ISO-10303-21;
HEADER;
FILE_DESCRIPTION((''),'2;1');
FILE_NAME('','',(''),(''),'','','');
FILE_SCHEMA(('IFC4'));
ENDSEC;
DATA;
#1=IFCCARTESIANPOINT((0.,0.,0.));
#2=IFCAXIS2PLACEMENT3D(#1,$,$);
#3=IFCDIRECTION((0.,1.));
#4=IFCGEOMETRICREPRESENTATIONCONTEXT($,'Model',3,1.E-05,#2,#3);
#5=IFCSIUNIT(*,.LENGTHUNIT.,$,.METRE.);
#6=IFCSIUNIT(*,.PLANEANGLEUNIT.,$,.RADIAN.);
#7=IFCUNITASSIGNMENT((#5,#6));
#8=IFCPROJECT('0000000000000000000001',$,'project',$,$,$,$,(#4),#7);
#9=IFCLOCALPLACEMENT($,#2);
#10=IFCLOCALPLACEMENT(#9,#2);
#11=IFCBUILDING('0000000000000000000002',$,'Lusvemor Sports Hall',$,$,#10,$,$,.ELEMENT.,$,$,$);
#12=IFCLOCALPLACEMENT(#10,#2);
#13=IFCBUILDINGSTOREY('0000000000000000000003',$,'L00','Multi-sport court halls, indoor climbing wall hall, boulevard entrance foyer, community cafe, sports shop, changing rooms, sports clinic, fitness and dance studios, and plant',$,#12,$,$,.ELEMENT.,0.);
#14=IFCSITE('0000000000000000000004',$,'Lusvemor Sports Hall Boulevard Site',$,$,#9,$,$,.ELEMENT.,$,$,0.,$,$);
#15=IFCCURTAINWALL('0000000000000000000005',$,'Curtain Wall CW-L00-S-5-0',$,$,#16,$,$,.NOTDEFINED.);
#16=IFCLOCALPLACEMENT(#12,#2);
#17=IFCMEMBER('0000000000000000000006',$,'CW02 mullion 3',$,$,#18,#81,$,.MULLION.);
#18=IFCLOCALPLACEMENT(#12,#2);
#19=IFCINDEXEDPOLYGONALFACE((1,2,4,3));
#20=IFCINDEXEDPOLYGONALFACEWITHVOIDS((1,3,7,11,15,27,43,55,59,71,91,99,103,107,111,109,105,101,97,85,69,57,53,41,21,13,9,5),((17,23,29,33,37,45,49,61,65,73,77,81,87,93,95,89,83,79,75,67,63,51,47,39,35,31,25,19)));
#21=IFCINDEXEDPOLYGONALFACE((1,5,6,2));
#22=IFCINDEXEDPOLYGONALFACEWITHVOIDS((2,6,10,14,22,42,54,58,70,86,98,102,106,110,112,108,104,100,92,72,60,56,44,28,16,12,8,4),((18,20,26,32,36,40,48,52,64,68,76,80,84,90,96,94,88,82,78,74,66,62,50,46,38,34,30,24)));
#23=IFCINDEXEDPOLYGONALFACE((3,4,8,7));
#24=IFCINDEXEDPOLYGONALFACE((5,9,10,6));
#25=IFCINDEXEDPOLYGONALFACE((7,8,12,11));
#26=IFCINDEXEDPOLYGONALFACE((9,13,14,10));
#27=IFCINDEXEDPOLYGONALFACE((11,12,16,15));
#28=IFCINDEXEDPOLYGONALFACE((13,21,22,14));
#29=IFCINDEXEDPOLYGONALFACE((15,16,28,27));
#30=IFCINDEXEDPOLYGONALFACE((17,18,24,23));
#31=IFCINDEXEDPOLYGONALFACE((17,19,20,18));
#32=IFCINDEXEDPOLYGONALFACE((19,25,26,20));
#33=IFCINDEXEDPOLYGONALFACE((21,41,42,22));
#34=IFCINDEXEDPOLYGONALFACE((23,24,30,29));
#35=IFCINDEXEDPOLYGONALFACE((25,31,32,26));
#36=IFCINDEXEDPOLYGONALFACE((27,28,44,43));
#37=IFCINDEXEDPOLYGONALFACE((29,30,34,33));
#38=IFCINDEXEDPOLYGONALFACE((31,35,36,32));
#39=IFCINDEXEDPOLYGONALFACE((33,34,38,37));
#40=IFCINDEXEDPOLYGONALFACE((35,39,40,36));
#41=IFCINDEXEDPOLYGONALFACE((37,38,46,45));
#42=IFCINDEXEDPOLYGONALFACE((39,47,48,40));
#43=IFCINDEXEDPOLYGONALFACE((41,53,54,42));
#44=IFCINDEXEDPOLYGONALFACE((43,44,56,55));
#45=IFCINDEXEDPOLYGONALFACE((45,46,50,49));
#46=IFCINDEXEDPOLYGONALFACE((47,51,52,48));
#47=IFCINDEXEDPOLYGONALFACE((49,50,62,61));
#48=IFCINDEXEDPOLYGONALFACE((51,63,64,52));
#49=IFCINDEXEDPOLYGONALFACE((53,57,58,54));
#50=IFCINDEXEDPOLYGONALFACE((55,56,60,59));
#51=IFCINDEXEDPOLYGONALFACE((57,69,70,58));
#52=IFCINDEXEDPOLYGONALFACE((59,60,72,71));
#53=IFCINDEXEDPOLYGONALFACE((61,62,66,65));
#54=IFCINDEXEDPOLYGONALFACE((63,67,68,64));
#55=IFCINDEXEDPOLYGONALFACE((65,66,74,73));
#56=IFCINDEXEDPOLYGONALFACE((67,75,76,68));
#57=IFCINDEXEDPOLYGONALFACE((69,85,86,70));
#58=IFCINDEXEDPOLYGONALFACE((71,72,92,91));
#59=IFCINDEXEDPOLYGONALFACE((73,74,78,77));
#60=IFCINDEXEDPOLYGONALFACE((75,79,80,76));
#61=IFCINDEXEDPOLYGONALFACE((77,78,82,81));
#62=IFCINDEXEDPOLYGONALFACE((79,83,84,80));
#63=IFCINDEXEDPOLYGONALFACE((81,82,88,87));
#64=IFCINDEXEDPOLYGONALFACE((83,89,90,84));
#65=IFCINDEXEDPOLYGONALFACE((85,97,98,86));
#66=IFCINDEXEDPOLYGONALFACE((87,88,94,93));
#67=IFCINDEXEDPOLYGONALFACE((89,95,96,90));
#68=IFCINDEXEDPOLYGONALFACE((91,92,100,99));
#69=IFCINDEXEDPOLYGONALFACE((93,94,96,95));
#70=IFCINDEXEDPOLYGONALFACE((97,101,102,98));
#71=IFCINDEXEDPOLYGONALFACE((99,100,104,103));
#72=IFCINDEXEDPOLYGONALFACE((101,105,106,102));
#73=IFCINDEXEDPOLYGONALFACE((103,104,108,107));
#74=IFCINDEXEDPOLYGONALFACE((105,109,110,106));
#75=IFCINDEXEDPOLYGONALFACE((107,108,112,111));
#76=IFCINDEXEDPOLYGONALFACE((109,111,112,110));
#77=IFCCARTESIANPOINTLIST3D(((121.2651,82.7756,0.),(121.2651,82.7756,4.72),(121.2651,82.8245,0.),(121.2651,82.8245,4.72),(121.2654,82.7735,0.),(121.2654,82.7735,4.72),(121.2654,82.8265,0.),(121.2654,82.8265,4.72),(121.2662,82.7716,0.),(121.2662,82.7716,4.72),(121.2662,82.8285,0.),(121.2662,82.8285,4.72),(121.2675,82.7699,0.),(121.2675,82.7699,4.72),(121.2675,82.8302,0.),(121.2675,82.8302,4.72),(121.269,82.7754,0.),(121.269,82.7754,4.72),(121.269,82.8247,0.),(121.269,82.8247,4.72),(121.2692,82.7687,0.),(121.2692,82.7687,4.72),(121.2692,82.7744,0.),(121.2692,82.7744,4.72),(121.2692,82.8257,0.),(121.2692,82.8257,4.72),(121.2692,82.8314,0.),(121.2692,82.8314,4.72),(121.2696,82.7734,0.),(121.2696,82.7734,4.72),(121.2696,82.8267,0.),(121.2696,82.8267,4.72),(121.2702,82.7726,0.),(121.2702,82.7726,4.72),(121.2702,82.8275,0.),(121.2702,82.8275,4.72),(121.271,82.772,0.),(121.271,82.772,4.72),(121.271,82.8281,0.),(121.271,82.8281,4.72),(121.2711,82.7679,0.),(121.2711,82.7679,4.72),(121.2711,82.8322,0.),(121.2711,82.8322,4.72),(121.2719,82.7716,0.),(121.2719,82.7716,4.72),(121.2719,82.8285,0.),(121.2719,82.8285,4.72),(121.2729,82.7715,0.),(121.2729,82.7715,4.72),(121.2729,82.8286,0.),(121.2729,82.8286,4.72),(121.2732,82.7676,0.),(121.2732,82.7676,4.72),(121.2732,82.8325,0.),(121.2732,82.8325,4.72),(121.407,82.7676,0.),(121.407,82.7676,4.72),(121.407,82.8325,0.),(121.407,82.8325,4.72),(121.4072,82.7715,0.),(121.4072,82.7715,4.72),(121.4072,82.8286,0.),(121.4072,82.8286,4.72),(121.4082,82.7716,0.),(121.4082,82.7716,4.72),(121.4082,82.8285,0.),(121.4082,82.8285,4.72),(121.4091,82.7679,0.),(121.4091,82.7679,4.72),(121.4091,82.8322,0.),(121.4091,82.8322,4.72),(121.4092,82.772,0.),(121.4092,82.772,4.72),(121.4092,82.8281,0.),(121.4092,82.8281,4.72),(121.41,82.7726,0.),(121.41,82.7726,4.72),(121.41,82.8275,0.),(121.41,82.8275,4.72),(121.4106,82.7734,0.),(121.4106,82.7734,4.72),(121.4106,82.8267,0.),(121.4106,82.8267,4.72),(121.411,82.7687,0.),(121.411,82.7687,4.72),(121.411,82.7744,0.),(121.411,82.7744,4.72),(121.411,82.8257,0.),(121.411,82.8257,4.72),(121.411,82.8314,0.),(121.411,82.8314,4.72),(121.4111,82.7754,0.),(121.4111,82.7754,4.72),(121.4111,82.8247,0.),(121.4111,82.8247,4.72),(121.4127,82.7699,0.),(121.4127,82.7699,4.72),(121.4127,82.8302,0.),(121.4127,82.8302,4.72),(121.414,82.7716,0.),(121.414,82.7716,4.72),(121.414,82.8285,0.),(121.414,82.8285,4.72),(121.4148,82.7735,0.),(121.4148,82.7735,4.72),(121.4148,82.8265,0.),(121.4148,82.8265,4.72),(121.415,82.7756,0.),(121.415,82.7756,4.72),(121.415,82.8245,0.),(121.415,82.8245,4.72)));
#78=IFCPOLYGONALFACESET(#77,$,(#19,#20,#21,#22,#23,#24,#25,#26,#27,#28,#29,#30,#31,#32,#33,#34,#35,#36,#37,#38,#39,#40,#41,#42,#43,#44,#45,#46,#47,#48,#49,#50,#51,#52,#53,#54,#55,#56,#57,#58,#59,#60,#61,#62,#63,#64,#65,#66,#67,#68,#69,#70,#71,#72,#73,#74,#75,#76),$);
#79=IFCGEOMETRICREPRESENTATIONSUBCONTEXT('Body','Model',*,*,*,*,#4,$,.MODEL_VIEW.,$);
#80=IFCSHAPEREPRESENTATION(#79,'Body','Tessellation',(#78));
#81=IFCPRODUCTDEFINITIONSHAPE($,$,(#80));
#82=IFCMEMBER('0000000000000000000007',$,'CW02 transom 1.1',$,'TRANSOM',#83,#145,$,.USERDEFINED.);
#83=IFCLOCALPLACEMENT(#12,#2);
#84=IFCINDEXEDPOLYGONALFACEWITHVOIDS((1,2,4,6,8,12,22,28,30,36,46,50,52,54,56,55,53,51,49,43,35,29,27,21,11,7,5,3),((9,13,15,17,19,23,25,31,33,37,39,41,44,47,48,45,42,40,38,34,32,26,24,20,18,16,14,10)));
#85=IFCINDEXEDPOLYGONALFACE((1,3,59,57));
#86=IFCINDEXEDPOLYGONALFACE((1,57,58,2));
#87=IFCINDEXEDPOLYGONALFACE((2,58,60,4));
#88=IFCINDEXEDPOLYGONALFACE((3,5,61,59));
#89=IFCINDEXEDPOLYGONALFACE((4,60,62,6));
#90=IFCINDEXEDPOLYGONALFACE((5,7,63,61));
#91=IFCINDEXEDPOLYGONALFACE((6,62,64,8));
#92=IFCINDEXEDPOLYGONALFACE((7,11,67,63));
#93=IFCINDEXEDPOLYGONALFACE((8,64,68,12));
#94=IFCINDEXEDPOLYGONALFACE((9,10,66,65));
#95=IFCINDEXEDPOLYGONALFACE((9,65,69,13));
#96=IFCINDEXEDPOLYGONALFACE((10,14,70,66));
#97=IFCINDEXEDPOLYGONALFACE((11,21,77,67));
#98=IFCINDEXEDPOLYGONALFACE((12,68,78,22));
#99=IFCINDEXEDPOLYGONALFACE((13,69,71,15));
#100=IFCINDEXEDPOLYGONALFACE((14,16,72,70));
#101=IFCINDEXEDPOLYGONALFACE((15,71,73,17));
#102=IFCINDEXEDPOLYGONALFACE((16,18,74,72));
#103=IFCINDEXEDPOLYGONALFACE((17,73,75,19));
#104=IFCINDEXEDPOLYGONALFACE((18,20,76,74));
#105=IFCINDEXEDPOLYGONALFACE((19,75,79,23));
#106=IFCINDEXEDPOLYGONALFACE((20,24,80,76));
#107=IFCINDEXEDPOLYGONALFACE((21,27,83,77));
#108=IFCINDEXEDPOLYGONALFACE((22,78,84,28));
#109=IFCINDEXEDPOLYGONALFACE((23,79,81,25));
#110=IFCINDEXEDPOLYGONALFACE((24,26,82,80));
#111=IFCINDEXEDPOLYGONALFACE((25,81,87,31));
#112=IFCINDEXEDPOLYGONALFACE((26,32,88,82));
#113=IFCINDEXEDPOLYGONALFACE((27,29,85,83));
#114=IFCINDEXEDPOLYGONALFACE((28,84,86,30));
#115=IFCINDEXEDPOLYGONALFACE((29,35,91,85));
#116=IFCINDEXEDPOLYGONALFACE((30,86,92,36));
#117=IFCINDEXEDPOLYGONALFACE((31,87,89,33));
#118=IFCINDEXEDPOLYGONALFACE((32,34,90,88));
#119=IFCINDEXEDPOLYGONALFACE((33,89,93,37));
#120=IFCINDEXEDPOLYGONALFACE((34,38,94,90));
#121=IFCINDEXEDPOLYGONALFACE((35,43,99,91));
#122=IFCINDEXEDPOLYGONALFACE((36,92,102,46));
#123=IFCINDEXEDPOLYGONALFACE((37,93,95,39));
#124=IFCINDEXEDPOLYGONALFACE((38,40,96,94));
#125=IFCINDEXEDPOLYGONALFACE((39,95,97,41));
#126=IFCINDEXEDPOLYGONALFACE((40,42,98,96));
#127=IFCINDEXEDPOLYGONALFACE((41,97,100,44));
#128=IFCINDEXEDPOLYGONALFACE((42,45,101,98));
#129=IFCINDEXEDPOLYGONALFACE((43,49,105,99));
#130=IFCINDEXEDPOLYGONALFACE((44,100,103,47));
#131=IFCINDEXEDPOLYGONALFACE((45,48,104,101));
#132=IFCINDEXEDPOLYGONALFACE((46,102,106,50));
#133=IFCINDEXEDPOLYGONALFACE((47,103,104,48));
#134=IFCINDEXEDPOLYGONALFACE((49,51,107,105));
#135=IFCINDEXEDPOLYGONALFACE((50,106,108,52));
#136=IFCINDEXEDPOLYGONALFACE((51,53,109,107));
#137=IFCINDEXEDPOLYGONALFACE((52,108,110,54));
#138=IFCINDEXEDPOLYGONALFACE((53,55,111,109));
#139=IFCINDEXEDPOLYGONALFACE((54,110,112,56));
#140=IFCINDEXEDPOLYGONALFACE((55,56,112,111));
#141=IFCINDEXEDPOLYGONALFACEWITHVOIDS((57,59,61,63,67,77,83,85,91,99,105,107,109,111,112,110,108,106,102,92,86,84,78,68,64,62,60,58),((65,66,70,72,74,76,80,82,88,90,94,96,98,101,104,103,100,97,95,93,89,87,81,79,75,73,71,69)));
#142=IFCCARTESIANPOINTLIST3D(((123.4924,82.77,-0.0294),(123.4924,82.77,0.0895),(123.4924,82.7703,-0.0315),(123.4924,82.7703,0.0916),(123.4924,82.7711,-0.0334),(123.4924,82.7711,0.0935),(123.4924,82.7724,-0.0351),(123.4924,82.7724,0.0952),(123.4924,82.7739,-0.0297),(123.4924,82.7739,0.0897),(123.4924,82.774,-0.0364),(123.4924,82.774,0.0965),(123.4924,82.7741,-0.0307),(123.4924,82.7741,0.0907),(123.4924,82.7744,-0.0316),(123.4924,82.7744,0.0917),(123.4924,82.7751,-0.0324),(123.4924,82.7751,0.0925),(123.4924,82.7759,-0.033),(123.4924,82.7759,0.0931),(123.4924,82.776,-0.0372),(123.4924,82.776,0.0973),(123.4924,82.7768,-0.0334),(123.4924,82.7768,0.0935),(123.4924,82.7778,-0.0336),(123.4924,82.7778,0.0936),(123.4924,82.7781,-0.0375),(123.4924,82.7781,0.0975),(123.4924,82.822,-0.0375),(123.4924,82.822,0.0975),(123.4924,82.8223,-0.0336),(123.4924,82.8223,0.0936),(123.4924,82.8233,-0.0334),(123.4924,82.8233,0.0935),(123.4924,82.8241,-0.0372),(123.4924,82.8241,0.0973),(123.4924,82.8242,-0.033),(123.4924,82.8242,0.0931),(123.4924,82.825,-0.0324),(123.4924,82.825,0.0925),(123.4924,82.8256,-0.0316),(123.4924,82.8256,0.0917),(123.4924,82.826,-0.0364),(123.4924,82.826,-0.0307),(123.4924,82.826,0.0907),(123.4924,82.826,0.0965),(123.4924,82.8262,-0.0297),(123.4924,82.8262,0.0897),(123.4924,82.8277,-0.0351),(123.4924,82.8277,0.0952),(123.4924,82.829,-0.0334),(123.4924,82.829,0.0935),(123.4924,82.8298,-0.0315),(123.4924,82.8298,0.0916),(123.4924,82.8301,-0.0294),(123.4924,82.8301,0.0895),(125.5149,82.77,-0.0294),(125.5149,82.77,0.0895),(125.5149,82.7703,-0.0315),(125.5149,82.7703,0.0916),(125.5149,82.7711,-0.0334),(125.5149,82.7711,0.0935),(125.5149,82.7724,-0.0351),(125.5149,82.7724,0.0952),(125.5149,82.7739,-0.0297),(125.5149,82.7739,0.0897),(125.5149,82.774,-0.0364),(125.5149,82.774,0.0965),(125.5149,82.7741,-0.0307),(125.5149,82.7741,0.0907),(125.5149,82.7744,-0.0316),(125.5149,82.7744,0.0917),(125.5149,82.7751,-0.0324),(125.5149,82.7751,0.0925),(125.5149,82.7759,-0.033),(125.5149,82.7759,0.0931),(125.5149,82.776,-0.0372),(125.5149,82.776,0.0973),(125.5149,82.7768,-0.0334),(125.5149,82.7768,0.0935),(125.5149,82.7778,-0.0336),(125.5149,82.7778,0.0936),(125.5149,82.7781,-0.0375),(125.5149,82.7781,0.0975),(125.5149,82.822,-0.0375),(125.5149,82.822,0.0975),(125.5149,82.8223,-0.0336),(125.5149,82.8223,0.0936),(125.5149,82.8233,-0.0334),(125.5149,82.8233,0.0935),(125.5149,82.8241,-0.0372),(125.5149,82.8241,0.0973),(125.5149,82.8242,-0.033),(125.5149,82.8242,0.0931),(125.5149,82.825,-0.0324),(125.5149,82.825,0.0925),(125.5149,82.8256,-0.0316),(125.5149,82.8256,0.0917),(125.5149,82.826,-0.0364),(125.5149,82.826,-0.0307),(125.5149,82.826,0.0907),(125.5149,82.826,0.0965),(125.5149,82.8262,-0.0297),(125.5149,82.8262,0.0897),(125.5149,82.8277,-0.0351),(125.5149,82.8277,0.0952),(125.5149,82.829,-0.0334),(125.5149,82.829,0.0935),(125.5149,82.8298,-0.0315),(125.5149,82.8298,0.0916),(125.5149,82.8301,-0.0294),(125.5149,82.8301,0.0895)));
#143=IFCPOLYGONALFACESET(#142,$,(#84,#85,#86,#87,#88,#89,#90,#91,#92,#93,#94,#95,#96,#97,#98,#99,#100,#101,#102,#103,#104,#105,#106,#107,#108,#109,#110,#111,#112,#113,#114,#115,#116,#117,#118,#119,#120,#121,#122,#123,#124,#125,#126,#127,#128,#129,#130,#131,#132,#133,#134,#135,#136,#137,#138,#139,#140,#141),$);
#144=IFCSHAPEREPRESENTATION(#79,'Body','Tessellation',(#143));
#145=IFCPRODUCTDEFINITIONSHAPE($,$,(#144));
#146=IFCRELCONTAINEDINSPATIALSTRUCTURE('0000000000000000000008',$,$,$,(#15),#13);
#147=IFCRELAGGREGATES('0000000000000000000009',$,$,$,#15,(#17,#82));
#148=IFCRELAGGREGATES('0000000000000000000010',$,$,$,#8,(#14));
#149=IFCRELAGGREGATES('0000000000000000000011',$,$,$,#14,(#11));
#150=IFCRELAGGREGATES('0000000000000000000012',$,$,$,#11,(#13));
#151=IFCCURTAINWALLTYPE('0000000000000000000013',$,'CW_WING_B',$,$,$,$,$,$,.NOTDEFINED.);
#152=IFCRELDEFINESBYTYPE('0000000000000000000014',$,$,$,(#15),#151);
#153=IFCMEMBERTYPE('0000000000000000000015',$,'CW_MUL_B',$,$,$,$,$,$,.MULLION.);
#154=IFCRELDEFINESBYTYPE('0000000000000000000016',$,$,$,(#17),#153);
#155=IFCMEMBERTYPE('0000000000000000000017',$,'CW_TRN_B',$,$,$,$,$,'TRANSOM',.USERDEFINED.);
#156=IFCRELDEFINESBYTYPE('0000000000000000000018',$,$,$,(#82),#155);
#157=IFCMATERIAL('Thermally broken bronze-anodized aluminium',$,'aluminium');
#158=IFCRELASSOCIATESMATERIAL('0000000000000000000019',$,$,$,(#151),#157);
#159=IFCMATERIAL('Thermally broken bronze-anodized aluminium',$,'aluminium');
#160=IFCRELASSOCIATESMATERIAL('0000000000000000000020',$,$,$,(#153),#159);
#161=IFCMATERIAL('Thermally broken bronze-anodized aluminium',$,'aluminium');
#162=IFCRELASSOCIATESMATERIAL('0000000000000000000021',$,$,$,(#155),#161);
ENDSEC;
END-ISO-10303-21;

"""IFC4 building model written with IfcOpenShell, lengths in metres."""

from ifc_helpers import new_model, si_unit, direction, frame, origin, origin_2d, place, context, subcontext, project, spatial, hollow_rectangle, extrude, material, material_profile, profile_set, type_object, element, aggregate, save


model = new_model("IFC4")

# Units and contexts
model_context = context("Model", 3, precision=1e-05, world=origin(), true_north=direction((0.0, 1.0)))
body_context = subcontext(model_context, "Body", "Model", "MODEL_VIEW")
ifc_project = project(units=[si_unit("LENGTHUNIT", "METRE"), si_unit("PLANEANGLEUNIT", "RADIAN")], contexts=[model_context])

# Site, building, storey
site_placement = place(None, origin())
site = spatial("IfcSite", under=ifc_project, at=site_placement, Name="Lusvemor Sports Hall Boulevard Site", CompositionType="ELEMENT", RefElevation=0.0)
building_placement = place(site_placement, origin())
building = spatial("IfcBuilding", under=site, at=building_placement, Name="Lusvemor Sports Hall", CompositionType="ELEMENT")
storey_placement = place(building_placement, origin())
storey = spatial("IfcBuildingStorey", under=building, at=storey_placement, Name="L00", Description="Multi-sport court halls, indoor climbing wall hall, boulevard entrance foyer, community cafe, sports shop, changing rooms, sports clinic, fitness and dance studios, and plant", CompositionType="ELEMENT", Elevation=0.0)

# Curtain wall, members
ifc_material_1 = material(Name="Thermally broken bronze-anodized aluminium", Category="aluminium")
curtain_wall_type = type_object("IfcCurtainWallType", Name="CW_WING_B", PredefinedType="NOTDEFINED", material=ifc_material_1)
curtain_wall_placement = place(storey_placement, origin())
curtain_wall = element("IfcCurtainWall", 1, at=curtain_wall_placement, inside=storey, type_object=curtain_wall_type, Name="Curtain Wall CW-L00-S-5-0", PredefinedType="NOTDEFINED")
ifc_material_2 = material(Name="Thermally broken bronze-anodized aluminium", Category="aluminium")
ifc_material_profile_1 = material_profile(ifc_material_2, hollow_rectangle(XDim=0.0649, YDim=0.1499, WallThickness=0.0039, InnerFilletRadius=0.0039, OuterFilletRadius=0.0081, at=origin_2d()), Name="CWMUL150x65x4")
ifc_profile_set_1 = profile_set([ifc_material_profile_1], Name="Thermally broken bronze-anodized aluminium")
member_type_1 = type_object("IfcMemberType", Name="CW_MUL_B", PredefinedType="MULLION", material=ifc_profile_set_1)
member_1_placement = place(storey_placement, frame((121.3401, 82.8, 0.0), z_axis=(0.0, 0.0, 1.0), x_axis=(0.0, -1.0, 0.0)))
member_1 = element("IfcMember", 2, at=member_1_placement, type_object=member_type_1, Name="CW02 mullion 3", PredefinedType="MULLION", context=body_context, shape_type="SweptSolid", body=[
    extrude(hollow_rectangle(XDim=0.0649, YDim=0.1499, WallThickness=0.0039, InnerFilletRadius=0.0039, OuterFilletRadius=0.0081, at=origin_2d()), origin(), (0.0, 0.0, 1.0), 4.72),
])
ifc_material_3 = material(Name="Thermally broken bronze-anodized aluminium", Category="aluminium")
ifc_material_profile_2 = material_profile(ifc_material_3, hollow_rectangle(XDim=0.0601, YDim=0.135, WallThickness=0.0039, InnerFilletRadius=0.0039, OuterFilletRadius=0.0081, at=origin_2d()), Name="CWTRN135x60x4")
ifc_profile_set_2 = profile_set([ifc_material_profile_2], Name="Thermally broken bronze-anodized aluminium")
member_type_2 = type_object("IfcMemberType", Name="CW_TRN_B", ElementType="TRANSOM", PredefinedType="USERDEFINED", material=ifc_profile_set_2)
member_2_placement = place(storey_placement, frame((125.5149, 82.8, 0.03), z_axis=(-1.0, 0.0, 0.0), x_axis=(0.0, -1.0, 0.0)))
member_2 = element("IfcMember", 3, at=member_2_placement, type_object=member_type_2, Name="CW02 transom 1.1", ObjectType="TRANSOM", PredefinedType="USERDEFINED", context=body_context, shape_type="SweptSolid", body=[
    extrude(hollow_rectangle(XDim=0.0601, YDim=0.135, WallThickness=0.0039, InnerFilletRadius=0.0039, OuterFilletRadius=0.0081, at=origin_2d()), origin(), (0.0, 0.0, 1.0), 2.0225),
])
aggregate(curtain_wall, [member_1, member_2])

save(model, "model.ifc")
